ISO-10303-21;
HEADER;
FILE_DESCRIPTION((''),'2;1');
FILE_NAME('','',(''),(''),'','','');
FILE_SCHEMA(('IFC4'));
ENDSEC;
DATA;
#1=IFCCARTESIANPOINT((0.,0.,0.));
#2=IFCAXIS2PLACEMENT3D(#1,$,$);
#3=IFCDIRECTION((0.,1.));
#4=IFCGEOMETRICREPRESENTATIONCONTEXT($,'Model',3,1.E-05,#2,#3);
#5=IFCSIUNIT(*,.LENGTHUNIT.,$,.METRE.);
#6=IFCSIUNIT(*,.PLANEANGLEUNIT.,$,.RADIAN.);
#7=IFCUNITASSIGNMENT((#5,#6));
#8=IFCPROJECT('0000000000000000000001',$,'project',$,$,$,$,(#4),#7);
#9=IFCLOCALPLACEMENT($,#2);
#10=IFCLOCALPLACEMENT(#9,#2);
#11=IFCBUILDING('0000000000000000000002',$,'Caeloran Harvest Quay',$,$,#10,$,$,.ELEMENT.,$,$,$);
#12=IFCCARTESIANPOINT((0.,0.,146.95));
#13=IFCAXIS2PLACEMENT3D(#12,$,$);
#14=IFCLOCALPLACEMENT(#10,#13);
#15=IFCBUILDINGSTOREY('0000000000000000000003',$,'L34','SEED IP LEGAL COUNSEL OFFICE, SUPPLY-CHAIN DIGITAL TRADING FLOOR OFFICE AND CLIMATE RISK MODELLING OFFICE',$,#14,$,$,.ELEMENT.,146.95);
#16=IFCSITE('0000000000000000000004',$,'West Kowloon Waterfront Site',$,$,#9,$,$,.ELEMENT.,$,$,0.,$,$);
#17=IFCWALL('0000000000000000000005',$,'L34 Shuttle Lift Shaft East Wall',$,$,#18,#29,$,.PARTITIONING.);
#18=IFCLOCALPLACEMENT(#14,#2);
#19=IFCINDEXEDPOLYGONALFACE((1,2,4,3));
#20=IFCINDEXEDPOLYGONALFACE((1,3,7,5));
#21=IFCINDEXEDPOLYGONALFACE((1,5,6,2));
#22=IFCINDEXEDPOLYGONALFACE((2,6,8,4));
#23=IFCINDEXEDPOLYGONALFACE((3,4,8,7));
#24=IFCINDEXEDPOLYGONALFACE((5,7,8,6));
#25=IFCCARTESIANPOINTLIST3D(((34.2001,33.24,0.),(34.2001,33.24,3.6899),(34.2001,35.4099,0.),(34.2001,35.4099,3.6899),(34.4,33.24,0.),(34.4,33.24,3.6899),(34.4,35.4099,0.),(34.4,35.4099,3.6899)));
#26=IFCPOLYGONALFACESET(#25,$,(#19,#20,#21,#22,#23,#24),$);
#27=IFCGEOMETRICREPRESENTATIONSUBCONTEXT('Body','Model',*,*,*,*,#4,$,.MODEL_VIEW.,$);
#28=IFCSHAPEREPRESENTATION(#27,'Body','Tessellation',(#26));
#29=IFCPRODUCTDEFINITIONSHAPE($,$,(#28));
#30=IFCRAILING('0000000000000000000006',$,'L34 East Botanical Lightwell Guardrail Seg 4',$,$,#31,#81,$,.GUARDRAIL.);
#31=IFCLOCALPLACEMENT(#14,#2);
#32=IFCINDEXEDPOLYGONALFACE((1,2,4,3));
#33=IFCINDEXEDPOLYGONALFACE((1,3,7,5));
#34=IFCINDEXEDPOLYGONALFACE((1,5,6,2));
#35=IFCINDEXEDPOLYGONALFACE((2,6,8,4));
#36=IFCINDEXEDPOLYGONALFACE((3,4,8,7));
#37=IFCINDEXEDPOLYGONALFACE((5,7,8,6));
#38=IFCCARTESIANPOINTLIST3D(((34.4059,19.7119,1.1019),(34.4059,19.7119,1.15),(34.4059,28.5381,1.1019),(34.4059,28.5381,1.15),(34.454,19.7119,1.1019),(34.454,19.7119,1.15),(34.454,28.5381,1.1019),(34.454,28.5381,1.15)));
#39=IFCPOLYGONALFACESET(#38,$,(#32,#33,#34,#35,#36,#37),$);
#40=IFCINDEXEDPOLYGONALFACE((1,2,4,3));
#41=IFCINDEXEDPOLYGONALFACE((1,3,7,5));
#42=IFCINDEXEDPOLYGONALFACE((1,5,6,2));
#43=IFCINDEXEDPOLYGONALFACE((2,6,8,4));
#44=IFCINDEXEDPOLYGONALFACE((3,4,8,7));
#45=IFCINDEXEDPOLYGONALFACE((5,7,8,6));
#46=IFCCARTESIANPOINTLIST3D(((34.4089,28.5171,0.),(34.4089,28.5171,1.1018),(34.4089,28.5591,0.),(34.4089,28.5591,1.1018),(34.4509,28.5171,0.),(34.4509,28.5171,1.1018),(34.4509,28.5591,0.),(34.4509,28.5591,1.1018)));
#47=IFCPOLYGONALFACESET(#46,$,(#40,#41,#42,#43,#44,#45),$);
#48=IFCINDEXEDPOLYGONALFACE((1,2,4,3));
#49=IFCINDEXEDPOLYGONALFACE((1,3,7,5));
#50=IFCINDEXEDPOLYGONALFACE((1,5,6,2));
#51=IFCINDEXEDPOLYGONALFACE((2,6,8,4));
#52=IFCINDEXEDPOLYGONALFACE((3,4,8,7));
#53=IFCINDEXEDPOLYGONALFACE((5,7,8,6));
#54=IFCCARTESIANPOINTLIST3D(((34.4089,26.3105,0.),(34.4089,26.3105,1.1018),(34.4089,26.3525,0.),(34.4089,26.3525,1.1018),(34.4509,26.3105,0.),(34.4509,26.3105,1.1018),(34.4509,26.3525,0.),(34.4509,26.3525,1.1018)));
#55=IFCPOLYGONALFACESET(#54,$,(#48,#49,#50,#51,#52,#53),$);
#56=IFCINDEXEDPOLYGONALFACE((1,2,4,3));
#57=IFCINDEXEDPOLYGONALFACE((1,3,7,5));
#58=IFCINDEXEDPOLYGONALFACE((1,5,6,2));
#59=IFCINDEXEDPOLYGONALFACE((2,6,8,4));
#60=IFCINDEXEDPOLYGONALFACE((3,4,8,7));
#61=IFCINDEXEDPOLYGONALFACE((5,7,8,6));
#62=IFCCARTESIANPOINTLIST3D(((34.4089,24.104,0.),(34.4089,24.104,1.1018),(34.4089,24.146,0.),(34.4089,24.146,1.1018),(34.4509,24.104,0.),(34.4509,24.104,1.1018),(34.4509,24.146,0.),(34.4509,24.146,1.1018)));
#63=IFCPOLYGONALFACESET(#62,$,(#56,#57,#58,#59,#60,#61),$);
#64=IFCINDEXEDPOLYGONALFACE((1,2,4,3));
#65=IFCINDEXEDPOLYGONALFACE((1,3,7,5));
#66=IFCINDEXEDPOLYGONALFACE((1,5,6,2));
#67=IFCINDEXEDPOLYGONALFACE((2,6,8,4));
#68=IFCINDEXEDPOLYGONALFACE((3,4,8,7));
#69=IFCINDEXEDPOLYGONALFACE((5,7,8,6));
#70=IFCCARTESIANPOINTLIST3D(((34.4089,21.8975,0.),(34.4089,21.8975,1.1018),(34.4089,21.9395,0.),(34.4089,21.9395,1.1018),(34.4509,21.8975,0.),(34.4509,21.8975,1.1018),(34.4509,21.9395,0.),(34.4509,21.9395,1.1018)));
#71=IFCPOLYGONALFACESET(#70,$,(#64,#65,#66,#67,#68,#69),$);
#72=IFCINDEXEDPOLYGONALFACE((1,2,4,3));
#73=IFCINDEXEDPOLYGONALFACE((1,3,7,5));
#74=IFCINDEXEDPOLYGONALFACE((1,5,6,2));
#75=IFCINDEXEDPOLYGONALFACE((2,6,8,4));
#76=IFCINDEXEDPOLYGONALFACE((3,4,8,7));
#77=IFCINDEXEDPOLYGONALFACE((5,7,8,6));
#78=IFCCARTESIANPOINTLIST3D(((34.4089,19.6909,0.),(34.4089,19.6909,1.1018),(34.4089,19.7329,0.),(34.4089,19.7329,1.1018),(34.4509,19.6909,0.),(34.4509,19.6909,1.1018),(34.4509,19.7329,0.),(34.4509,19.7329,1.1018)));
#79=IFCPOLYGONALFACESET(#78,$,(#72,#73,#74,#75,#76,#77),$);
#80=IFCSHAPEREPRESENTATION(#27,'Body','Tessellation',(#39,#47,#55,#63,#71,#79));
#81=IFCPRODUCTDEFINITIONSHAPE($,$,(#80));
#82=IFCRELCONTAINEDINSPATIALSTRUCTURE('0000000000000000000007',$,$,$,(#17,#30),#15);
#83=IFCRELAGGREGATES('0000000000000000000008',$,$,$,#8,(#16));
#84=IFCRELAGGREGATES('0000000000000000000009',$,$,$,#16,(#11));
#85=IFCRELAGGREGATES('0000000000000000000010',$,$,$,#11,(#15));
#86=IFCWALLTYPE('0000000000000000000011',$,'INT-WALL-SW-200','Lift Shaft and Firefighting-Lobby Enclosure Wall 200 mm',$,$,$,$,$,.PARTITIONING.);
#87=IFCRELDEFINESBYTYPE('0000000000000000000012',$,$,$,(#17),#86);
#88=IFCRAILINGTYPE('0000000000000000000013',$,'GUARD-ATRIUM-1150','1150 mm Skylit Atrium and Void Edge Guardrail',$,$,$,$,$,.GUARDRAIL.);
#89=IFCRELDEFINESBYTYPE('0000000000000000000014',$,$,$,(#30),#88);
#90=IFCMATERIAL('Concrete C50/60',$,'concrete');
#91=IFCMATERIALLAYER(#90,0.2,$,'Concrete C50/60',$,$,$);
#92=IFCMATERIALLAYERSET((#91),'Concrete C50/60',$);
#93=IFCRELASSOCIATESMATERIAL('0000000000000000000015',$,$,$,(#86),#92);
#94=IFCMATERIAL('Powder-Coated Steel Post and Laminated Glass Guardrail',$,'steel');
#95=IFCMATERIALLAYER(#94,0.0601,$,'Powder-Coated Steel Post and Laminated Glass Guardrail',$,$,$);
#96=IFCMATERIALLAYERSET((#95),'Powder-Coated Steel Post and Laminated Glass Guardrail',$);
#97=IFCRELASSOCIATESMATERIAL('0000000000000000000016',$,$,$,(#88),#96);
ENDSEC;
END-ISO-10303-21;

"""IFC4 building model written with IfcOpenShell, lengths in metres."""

from ifc_helpers import new_model, si_unit, direction, frame, frame_2d, origin, origin_2d, place, context, subcontext, project, spatial, rectangle, extrude, material, layer, layer_set, type_object, element, save


model = new_model("IFC4")

# Units and contexts
model_context = context("Model", 3, precision=1e-05, world=origin(), true_north=direction((0.0, 1.0)))
body_context = subcontext(model_context, "Body", "Model", "MODEL_VIEW")
ifc_project = project(units=[si_unit("LENGTHUNIT", "METRE"), si_unit("PLANEANGLEUNIT", "RADIAN")], contexts=[model_context])

# Site, building, storey
site_placement = place(None, origin())
site = spatial("IfcSite", under=ifc_project, at=site_placement, Name="West Kowloon Waterfront Site", CompositionType="ELEMENT", RefElevation=0.0)
building_placement = place(site_placement, origin())
building = spatial("IfcBuilding", under=site, at=building_placement, Name="Caeloran Harvest Quay", CompositionType="ELEMENT")
storey_placement = place(building_placement, frame((0.0, 0.0, 146.95)))
storey = spatial("IfcBuildingStorey", under=building, at=storey_placement, Name="L34", Description="SEED IP LEGAL COUNSEL OFFICE, SUPPLY-CHAIN DIGITAL TRADING FLOOR OFFICE AND CLIMATE RISK MODELLING OFFICE", CompositionType="ELEMENT", Elevation=146.95)

# Shared definitions
ifc_material_1 = material(Name="Concrete C50/60", Category="concrete")
ifc_layer_1 = layer(ifc_material_1, 0.2, Name="Concrete C50/60")
ifc_layer_set_1 = layer_set([ifc_layer_1], Name="Concrete C50/60")
wall_type_1 = type_object("IfcWallType", Name="INT-WALL-SW-200", Description="Lift Shaft and Firefighting-Lobby Enclosure Wall 200 mm", PredefinedType="PARTITIONING", material=ifc_layer_set_1)

# Wall
wall_1_placement = place(storey_placement, frame((34.3, 33.24, 0.0), z_axis=(0.0, 0.0, 1.0), x_axis=(0.0, 1.0, 0.0)))
element("IfcWall", 1, at=wall_1_placement, inside=storey, type_object=wall_type_1, Name="L34 Shuttle Lift Shaft East Wall", PredefinedType="PARTITIONING", context=body_context, shape_type="SweptSolid", body=[
    extrude(rectangle(XDim=2.1699, YDim=0.2, at=frame_2d((1.085, 0.0))), origin(), (0.0, 0.0, 1.0), 3.6899),
])

# Railing
ifc_material_2 = material(Name="Powder-Coated Steel Post and Laminated Glass Guardrail", Category="steel")
ifc_layer_2 = layer(ifc_material_2, 0.0601, Name="Powder-Coated Steel Post and Laminated Glass Guardrail")
ifc_layer_set_2 = layer_set([ifc_layer_2], Name="Powder-Coated Steel Post and Laminated Glass Guardrail")
railing_type = type_object("IfcRailingType", Name="GUARD-ATRIUM-1150", Description="1150 mm Skylit Atrium and Void Edge Guardrail", PredefinedType="GUARDRAIL", material=ifc_layer_set_2)
railing_placement = place(storey_placement, frame((34.4299, 28.5381, 0.0)))
element("IfcRailing", 2, at=railing_placement, inside=storey, type_object=railing_type, Name="L34 East Botanical Lightwell Guardrail Seg 4", PredefinedType="GUARDRAIL", context=body_context, shape_type="SweptSolid", body=[
    extrude(rectangle(XDim=0.0481, YDim=0.0481, at=origin_2d()), frame((0.0, 0.0, 1.126), z_axis=(0.0, -1.0, 0.0), x_axis=(1.0, 0.0, 0.0)), (0.0, 0.0, 1.0), 8.8262),
    extrude(rectangle(XDim=0.042, YDim=0.042, at=origin_2d()), origin(), (0.0, 0.0, 1.0), 1.1018),
    extrude(rectangle(XDim=0.042, YDim=0.042, at=origin_2d()), frame((0.0, -2.2065, 0.0)), (0.0, 0.0, 1.0), 1.1018),
    extrude(rectangle(XDim=0.042, YDim=0.042, at=origin_2d()), frame((0.0, -4.4131, 0.0)), (0.0, 0.0, 1.0), 1.1018),
    extrude(rectangle(XDim=0.042, YDim=0.042, at=origin_2d()), frame((0.0, -6.6196, 0.0)), (0.0, 0.0, 1.0), 1.1018),
    extrude(rectangle(XDim=0.042, YDim=0.042, at=origin_2d()), frame((0.0, -8.8262, 0.0)), (0.0, 0.0, 1.0), 1.1018),
])

save(model, "model.ifc")
